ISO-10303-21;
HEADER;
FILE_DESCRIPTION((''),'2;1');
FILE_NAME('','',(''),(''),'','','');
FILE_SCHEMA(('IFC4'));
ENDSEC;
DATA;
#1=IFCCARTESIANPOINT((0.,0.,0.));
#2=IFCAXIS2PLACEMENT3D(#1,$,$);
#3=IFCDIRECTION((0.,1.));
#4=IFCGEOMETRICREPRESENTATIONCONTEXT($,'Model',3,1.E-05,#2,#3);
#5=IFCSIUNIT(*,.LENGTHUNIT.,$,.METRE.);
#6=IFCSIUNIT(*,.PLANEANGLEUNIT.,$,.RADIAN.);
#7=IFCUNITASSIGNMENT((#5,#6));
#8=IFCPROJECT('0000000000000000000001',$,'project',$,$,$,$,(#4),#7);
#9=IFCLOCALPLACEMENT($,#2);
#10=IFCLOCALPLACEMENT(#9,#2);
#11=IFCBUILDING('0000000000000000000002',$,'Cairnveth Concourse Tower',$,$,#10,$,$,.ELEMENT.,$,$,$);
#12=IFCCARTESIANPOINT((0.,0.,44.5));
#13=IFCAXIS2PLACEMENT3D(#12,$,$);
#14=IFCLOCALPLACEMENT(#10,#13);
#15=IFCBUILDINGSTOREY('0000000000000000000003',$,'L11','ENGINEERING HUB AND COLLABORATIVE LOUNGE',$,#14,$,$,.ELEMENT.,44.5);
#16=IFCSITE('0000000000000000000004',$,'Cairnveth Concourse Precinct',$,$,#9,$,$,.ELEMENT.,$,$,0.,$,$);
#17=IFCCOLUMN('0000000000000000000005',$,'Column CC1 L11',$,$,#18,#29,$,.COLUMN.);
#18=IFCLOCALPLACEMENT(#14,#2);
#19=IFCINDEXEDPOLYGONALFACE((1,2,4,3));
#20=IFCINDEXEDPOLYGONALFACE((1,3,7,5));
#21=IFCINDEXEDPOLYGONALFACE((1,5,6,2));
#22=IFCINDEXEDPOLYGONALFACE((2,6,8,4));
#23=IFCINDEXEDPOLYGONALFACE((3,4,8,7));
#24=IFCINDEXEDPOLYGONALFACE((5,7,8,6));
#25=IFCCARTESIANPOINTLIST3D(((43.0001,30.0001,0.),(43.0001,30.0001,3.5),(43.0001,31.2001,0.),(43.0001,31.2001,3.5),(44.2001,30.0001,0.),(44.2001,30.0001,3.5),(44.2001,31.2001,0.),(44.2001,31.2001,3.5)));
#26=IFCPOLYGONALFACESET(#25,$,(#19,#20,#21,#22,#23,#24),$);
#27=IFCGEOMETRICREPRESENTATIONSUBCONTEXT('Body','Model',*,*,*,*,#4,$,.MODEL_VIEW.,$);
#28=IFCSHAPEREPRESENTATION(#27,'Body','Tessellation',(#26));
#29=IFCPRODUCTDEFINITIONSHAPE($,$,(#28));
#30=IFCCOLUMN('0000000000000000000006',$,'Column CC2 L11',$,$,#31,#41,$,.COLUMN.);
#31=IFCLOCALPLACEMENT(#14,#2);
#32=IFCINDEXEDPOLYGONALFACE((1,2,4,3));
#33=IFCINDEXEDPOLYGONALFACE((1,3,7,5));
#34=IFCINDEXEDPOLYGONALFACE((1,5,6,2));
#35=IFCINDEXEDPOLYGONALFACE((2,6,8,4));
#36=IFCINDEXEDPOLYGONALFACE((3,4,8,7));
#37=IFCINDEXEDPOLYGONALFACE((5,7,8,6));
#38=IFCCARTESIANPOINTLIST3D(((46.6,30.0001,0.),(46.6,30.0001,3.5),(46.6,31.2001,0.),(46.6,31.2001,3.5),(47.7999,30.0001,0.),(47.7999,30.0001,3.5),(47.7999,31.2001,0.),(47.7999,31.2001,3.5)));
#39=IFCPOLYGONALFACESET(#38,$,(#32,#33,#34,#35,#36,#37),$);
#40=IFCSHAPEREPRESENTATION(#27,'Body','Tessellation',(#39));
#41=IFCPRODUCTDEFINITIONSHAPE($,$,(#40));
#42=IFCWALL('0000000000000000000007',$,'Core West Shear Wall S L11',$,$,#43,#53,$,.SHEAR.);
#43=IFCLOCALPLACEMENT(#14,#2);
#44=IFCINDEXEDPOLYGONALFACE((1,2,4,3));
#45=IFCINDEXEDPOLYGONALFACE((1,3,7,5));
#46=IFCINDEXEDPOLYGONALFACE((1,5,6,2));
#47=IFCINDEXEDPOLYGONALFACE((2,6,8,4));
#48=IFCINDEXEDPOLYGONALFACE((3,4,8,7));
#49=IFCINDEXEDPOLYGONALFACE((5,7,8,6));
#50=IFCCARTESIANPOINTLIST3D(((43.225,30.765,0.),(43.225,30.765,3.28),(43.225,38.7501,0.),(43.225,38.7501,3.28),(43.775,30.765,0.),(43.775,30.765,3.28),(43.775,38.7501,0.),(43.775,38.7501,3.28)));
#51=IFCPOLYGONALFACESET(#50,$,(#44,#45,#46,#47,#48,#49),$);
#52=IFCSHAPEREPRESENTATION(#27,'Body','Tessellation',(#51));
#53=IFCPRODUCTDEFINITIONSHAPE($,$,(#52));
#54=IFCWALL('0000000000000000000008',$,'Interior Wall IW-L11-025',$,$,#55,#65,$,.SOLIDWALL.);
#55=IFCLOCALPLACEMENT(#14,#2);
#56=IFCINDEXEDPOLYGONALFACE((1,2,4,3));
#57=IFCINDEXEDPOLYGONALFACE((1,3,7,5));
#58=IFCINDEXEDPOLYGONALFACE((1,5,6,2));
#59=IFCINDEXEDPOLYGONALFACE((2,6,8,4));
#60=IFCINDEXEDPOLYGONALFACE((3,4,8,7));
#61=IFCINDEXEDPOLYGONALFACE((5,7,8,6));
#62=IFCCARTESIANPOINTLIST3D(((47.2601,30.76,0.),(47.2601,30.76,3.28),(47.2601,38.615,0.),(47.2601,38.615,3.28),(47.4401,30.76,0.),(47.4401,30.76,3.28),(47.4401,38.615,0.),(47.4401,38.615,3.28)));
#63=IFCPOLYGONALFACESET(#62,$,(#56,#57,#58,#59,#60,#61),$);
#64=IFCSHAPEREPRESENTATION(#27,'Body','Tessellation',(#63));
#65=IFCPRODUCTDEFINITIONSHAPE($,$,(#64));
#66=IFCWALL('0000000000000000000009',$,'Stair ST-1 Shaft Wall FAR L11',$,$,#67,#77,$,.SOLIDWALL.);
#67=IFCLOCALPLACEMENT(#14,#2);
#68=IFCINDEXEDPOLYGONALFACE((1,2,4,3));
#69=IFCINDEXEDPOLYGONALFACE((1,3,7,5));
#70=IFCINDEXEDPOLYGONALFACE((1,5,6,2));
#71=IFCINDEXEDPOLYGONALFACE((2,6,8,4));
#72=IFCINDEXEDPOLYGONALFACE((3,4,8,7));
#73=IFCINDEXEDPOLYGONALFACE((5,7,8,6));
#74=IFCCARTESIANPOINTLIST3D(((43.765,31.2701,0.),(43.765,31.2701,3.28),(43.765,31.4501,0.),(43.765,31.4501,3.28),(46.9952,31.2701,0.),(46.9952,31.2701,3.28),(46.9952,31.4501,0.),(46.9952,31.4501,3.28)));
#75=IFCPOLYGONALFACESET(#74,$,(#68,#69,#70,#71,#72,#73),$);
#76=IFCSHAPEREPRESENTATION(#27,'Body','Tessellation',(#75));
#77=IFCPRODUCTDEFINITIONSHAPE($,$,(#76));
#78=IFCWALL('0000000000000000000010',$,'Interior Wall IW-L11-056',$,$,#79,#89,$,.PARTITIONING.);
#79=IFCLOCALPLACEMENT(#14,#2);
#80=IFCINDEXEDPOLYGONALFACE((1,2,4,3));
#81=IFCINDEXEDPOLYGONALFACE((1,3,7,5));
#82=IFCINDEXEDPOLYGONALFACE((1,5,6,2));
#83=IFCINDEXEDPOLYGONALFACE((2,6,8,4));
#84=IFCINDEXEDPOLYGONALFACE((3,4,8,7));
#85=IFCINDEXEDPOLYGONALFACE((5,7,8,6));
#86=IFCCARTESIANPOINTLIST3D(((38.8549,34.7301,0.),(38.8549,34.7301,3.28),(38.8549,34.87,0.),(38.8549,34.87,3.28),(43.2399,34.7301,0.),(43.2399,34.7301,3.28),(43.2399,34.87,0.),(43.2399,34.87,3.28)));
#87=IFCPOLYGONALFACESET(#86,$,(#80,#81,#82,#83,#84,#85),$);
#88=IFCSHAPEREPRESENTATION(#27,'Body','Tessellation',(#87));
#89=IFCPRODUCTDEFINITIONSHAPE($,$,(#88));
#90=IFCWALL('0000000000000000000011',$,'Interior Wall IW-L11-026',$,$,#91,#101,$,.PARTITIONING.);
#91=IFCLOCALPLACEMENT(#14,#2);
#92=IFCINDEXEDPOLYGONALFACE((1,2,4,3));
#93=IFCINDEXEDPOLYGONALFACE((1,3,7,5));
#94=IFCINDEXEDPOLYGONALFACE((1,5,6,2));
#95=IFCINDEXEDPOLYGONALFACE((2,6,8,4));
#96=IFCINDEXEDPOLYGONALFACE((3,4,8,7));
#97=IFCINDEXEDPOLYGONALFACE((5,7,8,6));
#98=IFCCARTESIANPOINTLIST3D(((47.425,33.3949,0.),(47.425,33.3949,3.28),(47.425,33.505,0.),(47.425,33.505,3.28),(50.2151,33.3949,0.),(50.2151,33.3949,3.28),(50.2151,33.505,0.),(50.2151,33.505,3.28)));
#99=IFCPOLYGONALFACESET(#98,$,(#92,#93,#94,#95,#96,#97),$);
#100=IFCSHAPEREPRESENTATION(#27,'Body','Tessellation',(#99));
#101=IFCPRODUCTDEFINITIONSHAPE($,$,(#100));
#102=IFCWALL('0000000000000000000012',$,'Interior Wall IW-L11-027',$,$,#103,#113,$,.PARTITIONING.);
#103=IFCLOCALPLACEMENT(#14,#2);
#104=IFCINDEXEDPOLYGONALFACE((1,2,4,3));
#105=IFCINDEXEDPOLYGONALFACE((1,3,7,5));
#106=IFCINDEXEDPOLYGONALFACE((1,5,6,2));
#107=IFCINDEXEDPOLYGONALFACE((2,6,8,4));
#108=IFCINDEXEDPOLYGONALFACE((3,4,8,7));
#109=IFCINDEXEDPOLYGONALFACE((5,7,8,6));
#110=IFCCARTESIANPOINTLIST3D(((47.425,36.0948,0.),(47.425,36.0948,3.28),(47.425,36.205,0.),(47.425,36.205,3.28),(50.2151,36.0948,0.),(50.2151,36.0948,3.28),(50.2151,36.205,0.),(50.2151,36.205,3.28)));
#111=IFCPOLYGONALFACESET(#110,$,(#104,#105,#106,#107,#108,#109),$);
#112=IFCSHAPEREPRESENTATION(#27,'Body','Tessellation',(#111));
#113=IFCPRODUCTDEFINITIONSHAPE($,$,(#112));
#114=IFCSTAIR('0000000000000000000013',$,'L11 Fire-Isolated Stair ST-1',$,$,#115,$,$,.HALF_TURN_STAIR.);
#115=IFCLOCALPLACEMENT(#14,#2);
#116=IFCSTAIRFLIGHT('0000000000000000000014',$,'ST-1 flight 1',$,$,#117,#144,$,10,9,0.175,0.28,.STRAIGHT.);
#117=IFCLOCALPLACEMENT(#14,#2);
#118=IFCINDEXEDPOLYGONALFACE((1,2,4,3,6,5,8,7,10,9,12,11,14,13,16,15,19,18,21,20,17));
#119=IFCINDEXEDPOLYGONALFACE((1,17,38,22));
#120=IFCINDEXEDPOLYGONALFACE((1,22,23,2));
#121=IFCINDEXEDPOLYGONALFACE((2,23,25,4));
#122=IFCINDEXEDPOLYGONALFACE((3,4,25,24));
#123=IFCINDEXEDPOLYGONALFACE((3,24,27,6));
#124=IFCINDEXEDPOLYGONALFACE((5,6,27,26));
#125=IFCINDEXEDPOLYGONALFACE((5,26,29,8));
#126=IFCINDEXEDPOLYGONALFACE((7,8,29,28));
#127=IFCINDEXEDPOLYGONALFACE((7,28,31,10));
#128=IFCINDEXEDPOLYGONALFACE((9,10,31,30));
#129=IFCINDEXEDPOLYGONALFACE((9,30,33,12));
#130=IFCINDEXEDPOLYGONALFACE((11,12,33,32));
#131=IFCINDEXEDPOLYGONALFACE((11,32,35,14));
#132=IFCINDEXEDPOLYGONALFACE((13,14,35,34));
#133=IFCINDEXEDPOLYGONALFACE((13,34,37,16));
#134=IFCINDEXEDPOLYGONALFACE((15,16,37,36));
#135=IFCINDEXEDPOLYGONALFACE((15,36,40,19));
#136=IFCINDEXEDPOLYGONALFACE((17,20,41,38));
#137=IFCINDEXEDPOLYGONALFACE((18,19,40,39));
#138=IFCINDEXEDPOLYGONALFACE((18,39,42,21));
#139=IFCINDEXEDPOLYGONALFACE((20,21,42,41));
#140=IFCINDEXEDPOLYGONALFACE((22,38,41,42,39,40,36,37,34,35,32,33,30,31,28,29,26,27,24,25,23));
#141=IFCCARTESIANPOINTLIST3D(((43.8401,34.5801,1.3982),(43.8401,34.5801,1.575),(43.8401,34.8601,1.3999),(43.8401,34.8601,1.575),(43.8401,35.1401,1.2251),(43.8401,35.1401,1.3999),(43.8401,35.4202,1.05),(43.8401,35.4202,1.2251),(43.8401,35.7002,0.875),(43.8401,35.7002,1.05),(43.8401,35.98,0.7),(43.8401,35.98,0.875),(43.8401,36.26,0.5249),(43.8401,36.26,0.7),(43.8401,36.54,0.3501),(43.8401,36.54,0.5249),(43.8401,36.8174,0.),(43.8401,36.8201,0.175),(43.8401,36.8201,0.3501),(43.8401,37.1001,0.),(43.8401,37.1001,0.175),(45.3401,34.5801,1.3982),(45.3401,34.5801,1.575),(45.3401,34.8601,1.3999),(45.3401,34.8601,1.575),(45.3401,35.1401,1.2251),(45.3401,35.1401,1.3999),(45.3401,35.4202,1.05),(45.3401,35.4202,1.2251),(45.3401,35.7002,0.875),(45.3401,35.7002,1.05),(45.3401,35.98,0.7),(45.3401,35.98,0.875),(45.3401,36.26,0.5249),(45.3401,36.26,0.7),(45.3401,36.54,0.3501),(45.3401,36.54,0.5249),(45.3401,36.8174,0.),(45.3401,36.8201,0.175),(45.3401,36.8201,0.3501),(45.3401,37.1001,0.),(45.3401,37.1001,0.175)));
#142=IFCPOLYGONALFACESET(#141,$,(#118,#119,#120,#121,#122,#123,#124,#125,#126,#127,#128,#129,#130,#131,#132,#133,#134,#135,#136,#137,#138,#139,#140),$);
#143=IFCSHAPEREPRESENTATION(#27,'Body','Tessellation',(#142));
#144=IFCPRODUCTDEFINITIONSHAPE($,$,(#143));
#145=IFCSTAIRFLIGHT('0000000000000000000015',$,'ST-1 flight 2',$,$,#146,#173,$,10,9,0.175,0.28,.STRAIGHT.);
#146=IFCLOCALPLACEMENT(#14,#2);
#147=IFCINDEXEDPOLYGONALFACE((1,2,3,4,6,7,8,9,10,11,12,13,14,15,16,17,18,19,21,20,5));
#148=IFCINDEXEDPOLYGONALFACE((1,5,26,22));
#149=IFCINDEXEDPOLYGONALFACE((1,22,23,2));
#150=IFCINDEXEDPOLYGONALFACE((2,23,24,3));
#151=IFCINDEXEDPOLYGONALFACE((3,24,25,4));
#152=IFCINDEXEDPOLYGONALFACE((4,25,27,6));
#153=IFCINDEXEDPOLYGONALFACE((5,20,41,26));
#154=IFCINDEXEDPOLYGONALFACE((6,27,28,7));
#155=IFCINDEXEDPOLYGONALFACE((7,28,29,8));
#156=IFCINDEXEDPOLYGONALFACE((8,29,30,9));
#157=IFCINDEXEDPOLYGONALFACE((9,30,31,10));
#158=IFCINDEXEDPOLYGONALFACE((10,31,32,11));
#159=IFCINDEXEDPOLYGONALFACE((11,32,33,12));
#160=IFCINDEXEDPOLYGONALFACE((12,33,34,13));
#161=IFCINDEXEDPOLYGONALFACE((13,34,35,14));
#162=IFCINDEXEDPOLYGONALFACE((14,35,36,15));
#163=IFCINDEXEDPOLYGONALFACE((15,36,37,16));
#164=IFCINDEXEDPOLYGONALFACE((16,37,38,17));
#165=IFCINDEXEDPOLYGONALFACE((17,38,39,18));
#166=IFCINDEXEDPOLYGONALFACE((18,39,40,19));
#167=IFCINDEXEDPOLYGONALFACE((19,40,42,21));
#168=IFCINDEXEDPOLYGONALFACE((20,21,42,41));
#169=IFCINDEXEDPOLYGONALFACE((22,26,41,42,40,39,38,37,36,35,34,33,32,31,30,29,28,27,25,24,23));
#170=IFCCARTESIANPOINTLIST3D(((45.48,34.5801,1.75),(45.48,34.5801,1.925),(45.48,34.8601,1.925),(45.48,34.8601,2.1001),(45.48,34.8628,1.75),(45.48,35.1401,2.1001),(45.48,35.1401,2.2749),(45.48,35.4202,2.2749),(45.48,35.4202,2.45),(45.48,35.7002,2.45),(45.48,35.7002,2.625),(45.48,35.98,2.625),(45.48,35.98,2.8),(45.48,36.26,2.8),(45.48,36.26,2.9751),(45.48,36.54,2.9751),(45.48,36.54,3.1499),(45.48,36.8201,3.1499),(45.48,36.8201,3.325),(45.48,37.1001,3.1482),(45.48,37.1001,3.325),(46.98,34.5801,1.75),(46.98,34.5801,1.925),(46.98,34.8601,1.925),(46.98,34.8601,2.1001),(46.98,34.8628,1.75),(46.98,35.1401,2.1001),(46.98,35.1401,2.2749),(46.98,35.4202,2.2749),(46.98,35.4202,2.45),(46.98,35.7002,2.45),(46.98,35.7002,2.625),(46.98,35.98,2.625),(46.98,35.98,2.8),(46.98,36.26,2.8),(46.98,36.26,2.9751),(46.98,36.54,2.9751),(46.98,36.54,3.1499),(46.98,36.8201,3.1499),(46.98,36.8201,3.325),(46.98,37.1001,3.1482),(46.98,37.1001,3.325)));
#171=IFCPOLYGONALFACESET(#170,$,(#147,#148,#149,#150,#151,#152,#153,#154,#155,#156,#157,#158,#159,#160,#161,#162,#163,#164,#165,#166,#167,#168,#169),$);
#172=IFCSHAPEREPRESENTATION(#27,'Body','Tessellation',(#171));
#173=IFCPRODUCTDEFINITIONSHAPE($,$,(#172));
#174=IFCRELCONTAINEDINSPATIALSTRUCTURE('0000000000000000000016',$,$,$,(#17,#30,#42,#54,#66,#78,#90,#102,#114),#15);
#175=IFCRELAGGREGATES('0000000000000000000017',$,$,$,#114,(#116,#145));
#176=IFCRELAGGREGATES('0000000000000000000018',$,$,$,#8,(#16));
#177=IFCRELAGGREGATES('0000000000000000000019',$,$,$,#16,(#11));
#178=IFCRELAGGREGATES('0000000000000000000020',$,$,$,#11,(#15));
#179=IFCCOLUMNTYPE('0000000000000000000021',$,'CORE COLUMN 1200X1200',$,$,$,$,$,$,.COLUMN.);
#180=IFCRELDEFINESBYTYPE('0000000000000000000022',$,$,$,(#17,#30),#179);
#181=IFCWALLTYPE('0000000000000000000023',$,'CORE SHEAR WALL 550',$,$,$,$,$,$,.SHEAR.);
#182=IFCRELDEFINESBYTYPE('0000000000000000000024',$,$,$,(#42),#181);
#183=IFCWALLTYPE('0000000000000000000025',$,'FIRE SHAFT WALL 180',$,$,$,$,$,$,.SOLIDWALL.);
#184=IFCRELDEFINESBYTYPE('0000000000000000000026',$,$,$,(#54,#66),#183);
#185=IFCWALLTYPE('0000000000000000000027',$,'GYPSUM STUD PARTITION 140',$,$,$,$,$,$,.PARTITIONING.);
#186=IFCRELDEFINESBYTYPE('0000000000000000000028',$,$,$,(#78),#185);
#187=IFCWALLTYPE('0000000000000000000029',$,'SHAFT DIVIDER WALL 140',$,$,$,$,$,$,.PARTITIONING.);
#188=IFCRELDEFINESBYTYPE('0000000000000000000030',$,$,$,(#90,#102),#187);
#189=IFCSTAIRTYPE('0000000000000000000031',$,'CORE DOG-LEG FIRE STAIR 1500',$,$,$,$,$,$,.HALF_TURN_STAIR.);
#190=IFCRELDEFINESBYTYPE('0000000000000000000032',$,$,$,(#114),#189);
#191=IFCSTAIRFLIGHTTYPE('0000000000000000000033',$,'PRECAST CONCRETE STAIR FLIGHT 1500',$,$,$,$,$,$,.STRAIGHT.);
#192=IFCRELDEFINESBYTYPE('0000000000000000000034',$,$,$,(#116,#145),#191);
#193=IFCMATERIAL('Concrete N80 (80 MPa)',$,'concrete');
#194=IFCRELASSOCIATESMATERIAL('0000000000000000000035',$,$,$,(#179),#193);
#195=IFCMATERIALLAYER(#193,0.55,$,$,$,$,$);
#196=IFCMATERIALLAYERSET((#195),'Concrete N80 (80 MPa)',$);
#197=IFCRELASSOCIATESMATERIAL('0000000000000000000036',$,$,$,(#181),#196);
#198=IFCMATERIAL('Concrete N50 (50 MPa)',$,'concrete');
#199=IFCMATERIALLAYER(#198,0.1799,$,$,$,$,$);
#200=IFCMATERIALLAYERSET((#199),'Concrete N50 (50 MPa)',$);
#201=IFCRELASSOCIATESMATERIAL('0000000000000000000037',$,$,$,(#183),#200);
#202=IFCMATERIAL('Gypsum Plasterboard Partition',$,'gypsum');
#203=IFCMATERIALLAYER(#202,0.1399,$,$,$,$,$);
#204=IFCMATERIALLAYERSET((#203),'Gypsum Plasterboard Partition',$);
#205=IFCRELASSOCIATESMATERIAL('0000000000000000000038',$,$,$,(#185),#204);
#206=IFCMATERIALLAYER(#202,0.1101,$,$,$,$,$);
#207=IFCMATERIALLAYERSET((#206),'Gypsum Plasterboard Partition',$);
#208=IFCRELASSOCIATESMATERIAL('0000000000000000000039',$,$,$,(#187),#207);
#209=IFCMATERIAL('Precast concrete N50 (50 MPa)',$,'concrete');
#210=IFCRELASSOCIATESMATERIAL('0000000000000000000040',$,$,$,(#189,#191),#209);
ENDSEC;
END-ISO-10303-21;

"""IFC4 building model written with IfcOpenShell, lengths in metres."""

from ifc_helpers import new_model, si_unit, direction, frame, frame_2d, origin, origin_2d, place, context, subcontext, project, spatial, polyline, rectangle, outline, extrude, material, layer, layer_set, material_profile, profile_set, type_object, element, aggregate, save


model = new_model("IFC4")

# Units and contexts
model_context = context("Model", 3, precision=1e-05, world=origin(), true_north=direction((0.0, 1.0)))
body_context = subcontext(model_context, "Body", "Model", "MODEL_VIEW")
ifc_project = project(units=[si_unit("LENGTHUNIT", "METRE"), si_unit("PLANEANGLEUNIT", "RADIAN")], contexts=[model_context])

# Site, building, storey
site_placement = place(None, origin())
site = spatial("IfcSite", under=ifc_project, at=site_placement, Name="Cairnveth Concourse Precinct", CompositionType="ELEMENT", RefElevation=0.0)
building_placement = place(site_placement, origin())
building = spatial("IfcBuilding", under=site, at=building_placement, Name="Cairnveth Concourse Tower", CompositionType="ELEMENT")
storey_placement = place(building_placement, frame((0.0, 0.0, 44.5)))
storey = spatial("IfcBuildingStorey", under=building, at=storey_placement, Name="L11", Description="ENGINEERING HUB AND COLLABORATIVE LOUNGE", CompositionType="ELEMENT", Elevation=44.5)

# Columns
ifc_material_1 = material(Name="Concrete N80 (80 MPa)", Category="concrete")
ifc_material_profile = material_profile(ifc_material_1, rectangle(XDim=1.2, YDim=1.2, at=origin_2d()), Name="RC-COL-1200x1200")
ifc_profile_set = profile_set([ifc_material_profile], Name="Concrete N80 (80 MPa)")
column_type = type_object("IfcColumnType", Name="CORE COLUMN 1200X1200", PredefinedType="COLUMN", material=ifc_profile_set)
for number, where, z_axis, x_axis, name in (
    (1, (43.6001, 30.6001, 0.0), (0.0, 0.0, 1.0), (1.0, 0.0, 0.0), "Column CC1 L11"),
    (2, (47.2, 30.6001, 0.0), (0.0, 0.0, 1.0), (1.0, 0.0, 0.0), "Column CC2 L11"),
):
    element("IfcColumn", number, at=place(storey_placement, frame(where, z_axis=z_axis, x_axis=x_axis)), inside=storey, type_object=column_type, Name=name, PredefinedType="COLUMN", context=body_context, shape_type="SweptSolid", body=[
        extrude(rectangle(XDim=1.2, YDim=1.2, at=origin_2d()), origin(), (0.0, 0.0, 1.0), 3.5),
    ])

# Walls
ifc_layer_1 = layer(ifc_material_1, 0.55)
ifc_layer_set_1 = layer_set([ifc_layer_1], Name="Concrete N80 (80 MPa)")
wall_type_1 = type_object("IfcWallType", Name="CORE SHEAR WALL 550", PredefinedType="SHEAR", material=ifc_layer_set_1)
wall_1_placement = place(storey_placement, frame((43.5, 30.7649, 0.0), z_axis=(0.0, 0.0, 1.0), x_axis=(0.0, 1.0, 0.0)))
element("IfcWall", 3, at=wall_1_placement, inside=storey, type_object=wall_type_1, Name="Core West Shear Wall S L11", PredefinedType="SHEAR", context=body_context, shape_type="SweptSolid", body=[
    extrude(rectangle(XDim=7.9851, YDim=0.55, at=frame_2d((3.9927, 0.0))), origin(), (0.0, 0.0, 1.0), 3.28),
])
ifc_material_2 = material(Name="Concrete N50 (50 MPa)", Category="concrete")
ifc_layer_2 = layer(ifc_material_2, 0.1799)
ifc_layer_set_2 = layer_set([ifc_layer_2], Name="Concrete N50 (50 MPa)")
wall_type_2 = type_object("IfcWallType", Name="FIRE SHAFT WALL 180", PredefinedType="SOLIDWALL", material=ifc_layer_set_2)
wall_2_placement = place(storey_placement, frame((47.3501, 30.76, 0.0), z_axis=(0.0, 0.0, 1.0), x_axis=(0.0, 1.0, 0.0)))
element("IfcWall", 4, at=wall_2_placement, inside=storey, type_object=wall_type_2, Name="Interior Wall IW-L11-025", PredefinedType="SOLIDWALL", context=body_context, shape_type="SweptSolid", body=[
    extrude(rectangle(XDim=7.855, YDim=0.1799, at=frame_2d((3.9275, 0.0))), origin(), (0.0, 0.0, 1.0), 3.28),
])
wall_3_placement = place(storey_placement, frame((43.7649, 31.3601, 0.0), z_axis=(0.0, 0.0, 1.0), x_axis=(1.0, 0.0, 0.0)))
element("IfcWall", 5, at=wall_3_placement, inside=storey, type_object=wall_type_2, Name="Stair ST-1 Shaft Wall FAR L11", PredefinedType="SOLIDWALL", context=body_context, shape_type="SweptSolid", body=[
    extrude(rectangle(XDim=3.2302, YDim=0.1799, at=frame_2d((1.6152, 0.0))), origin(), (0.0, 0.0, 1.0), 3.28),
])
ifc_material_3 = material(Name="Gypsum Plasterboard Partition", Category="gypsum")
ifc_layer_3 = layer(ifc_material_3, 0.1399)
ifc_layer_set_3 = layer_set([ifc_layer_3], Name="Gypsum Plasterboard Partition")
wall_type_3 = type_object("IfcWallType", Name="GYPSUM STUD PARTITION 140", PredefinedType="PARTITIONING", material=ifc_layer_set_3)
wall_4_placement = place(storey_placement, frame((38.855, 34.8, 0.0), z_axis=(0.0, 0.0, 1.0), x_axis=(1.0, 0.0, 0.0)))
element("IfcWall", 6, at=wall_4_placement, inside=storey, type_object=wall_type_3, Name="Interior Wall IW-L11-056", PredefinedType="PARTITIONING", context=body_context, shape_type="SweptSolid", body=[
    extrude(rectangle(XDim=4.385, YDim=0.1399, at=frame_2d((2.1924, 0.0))), origin(), (0.0, 0.0, 1.0), 3.28),
])
ifc_layer_4 = layer(ifc_material_3, 0.1101)
ifc_layer_set_4 = layer_set([ifc_layer_4], Name="Gypsum Plasterboard Partition")
wall_type_4 = type_object("IfcWallType", Name="SHAFT DIVIDER WALL 140", PredefinedType="PARTITIONING", material=ifc_layer_set_4)
for number, where, z_axis, x_axis, name in (
    (7, (47.425, 33.45, 0.0), (0.0, 0.0, 1.0), (1.0, 0.0, 0.0), "Interior Wall IW-L11-026"),
    (8, (47.425, 36.1499, 0.0), (0.0, 0.0, 1.0), (1.0, 0.0, 0.0), "Interior Wall IW-L11-027"),
):
    element("IfcWall", number, at=place(storey_placement, frame(where, z_axis=z_axis, x_axis=x_axis)), inside=storey, type_object=wall_type_4, Name=name, PredefinedType="PARTITIONING", context=body_context, shape_type="SweptSolid", body=[
        extrude(rectangle(XDim=2.79, YDim=0.1101, at=frame_2d((1.395, 0.0))), origin(), (0.0, 0.0, 1.0), 3.28),
    ])

# Stair, stair flights
ifc_material_4 = material(Name="Precast concrete N50 (50 MPa)", Category="concrete")
stair_type = type_object("IfcStairType", Name="CORE DOG-LEG FIRE STAIR 1500", PredefinedType="HALF_TURN_STAIR", material=ifc_material_4)
stair_placement = place(storey_placement, origin())
stair = element("IfcStair", 9, at=stair_placement, inside=storey, type_object=stair_type, Name="L11 Fire-Isolated Stair ST-1", PredefinedType="HALF_TURN_STAIR")
stair_flight_type = type_object("IfcStairFlightType", Name="PRECAST CONCRETE STAIR FLIGHT 1500", PredefinedType="STRAIGHT", material=ifc_material_4)
stair_flight_1_placement = place(storey_placement, frame((44.5901, 37.1001, 0.0), z_axis=(0.0, 0.0, 1.0), x_axis=(0.0, -1.0, 0.0)))
stair_flight_1 = element("IfcStairFlight", 10, at=stair_flight_1_placement, type_object=stair_flight_type, Name="ST-1 flight 1", NumberOfRisers=10, NumberOfTreads=9, PredefinedType="STRAIGHT", RiserHeight=0.175, TreadLength=0.28, context=body_context, shape_type="SweptSolid", body=[
    extrude(outline(polyline([(0.0, 0.0), (0.0, 0.175), (0.28, 0.175), (0.28, 0.3501), (0.5601, 0.3501), (0.5601, 0.5249), (0.8401, 0.5249), (0.8401, 0.7), (1.1201, 0.7), (1.1201, 0.875), (1.3999, 0.875), (1.3999, 1.05), (1.6799, 1.05), (1.6799, 1.2251), (1.96, 1.2251), (1.96, 1.3999), (2.24, 1.3999), (2.24, 1.575), (2.52, 1.575), (2.52, 1.75), (2.52, 1.3982), (0.2827, 0.0), (0.0, 0.0)])), frame((0.0, 0.75, 0.0), z_axis=(0.0, -1.0, 0.0), x_axis=(1.0, 0.0, 0.0)), (0.0, 0.0, 1.0), 1.5),
])
stair_flight_2_placement = place(storey_placement, frame((46.23, 34.5801, 1.75), z_axis=(0.0, 0.0, 1.0), x_axis=(0.0, 1.0, 0.0)))
stair_flight_2 = element("IfcStairFlight", 11, at=stair_flight_2_placement, type_object=stair_flight_type, Name="ST-1 flight 2", NumberOfRisers=10, NumberOfTreads=9, PredefinedType="STRAIGHT", RiserHeight=0.175, TreadLength=0.28, context=body_context, shape_type="SweptSolid", body=[
    extrude(outline(polyline([(0.0, 0.0), (0.0, 0.175), (0.28, 0.175), (0.28, 0.3501), (0.5601, 0.3501), (0.5601, 0.5249), (0.8401, 0.5249), (0.8401, 0.7), (1.1201, 0.7), (1.1201, 0.875), (1.3999, 0.875), (1.3999, 1.05), (1.6799, 1.05), (1.6799, 1.2251), (1.96, 1.2251), (1.96, 1.3999), (2.24, 1.3999), (2.24, 1.575), (2.52, 1.575), (2.52, 1.75), (2.52, 1.3982), (0.2827, 0.0), (0.0, 0.0)])), frame((0.0, 0.75, 0.0), z_axis=(0.0, -1.0, 0.0), x_axis=(1.0, 0.0, 0.0)), (0.0, 0.0, 1.0), 1.5),
])
aggregate(stair, [stair_flight_1, stair_flight_2])

save(model, "model.ifc")
